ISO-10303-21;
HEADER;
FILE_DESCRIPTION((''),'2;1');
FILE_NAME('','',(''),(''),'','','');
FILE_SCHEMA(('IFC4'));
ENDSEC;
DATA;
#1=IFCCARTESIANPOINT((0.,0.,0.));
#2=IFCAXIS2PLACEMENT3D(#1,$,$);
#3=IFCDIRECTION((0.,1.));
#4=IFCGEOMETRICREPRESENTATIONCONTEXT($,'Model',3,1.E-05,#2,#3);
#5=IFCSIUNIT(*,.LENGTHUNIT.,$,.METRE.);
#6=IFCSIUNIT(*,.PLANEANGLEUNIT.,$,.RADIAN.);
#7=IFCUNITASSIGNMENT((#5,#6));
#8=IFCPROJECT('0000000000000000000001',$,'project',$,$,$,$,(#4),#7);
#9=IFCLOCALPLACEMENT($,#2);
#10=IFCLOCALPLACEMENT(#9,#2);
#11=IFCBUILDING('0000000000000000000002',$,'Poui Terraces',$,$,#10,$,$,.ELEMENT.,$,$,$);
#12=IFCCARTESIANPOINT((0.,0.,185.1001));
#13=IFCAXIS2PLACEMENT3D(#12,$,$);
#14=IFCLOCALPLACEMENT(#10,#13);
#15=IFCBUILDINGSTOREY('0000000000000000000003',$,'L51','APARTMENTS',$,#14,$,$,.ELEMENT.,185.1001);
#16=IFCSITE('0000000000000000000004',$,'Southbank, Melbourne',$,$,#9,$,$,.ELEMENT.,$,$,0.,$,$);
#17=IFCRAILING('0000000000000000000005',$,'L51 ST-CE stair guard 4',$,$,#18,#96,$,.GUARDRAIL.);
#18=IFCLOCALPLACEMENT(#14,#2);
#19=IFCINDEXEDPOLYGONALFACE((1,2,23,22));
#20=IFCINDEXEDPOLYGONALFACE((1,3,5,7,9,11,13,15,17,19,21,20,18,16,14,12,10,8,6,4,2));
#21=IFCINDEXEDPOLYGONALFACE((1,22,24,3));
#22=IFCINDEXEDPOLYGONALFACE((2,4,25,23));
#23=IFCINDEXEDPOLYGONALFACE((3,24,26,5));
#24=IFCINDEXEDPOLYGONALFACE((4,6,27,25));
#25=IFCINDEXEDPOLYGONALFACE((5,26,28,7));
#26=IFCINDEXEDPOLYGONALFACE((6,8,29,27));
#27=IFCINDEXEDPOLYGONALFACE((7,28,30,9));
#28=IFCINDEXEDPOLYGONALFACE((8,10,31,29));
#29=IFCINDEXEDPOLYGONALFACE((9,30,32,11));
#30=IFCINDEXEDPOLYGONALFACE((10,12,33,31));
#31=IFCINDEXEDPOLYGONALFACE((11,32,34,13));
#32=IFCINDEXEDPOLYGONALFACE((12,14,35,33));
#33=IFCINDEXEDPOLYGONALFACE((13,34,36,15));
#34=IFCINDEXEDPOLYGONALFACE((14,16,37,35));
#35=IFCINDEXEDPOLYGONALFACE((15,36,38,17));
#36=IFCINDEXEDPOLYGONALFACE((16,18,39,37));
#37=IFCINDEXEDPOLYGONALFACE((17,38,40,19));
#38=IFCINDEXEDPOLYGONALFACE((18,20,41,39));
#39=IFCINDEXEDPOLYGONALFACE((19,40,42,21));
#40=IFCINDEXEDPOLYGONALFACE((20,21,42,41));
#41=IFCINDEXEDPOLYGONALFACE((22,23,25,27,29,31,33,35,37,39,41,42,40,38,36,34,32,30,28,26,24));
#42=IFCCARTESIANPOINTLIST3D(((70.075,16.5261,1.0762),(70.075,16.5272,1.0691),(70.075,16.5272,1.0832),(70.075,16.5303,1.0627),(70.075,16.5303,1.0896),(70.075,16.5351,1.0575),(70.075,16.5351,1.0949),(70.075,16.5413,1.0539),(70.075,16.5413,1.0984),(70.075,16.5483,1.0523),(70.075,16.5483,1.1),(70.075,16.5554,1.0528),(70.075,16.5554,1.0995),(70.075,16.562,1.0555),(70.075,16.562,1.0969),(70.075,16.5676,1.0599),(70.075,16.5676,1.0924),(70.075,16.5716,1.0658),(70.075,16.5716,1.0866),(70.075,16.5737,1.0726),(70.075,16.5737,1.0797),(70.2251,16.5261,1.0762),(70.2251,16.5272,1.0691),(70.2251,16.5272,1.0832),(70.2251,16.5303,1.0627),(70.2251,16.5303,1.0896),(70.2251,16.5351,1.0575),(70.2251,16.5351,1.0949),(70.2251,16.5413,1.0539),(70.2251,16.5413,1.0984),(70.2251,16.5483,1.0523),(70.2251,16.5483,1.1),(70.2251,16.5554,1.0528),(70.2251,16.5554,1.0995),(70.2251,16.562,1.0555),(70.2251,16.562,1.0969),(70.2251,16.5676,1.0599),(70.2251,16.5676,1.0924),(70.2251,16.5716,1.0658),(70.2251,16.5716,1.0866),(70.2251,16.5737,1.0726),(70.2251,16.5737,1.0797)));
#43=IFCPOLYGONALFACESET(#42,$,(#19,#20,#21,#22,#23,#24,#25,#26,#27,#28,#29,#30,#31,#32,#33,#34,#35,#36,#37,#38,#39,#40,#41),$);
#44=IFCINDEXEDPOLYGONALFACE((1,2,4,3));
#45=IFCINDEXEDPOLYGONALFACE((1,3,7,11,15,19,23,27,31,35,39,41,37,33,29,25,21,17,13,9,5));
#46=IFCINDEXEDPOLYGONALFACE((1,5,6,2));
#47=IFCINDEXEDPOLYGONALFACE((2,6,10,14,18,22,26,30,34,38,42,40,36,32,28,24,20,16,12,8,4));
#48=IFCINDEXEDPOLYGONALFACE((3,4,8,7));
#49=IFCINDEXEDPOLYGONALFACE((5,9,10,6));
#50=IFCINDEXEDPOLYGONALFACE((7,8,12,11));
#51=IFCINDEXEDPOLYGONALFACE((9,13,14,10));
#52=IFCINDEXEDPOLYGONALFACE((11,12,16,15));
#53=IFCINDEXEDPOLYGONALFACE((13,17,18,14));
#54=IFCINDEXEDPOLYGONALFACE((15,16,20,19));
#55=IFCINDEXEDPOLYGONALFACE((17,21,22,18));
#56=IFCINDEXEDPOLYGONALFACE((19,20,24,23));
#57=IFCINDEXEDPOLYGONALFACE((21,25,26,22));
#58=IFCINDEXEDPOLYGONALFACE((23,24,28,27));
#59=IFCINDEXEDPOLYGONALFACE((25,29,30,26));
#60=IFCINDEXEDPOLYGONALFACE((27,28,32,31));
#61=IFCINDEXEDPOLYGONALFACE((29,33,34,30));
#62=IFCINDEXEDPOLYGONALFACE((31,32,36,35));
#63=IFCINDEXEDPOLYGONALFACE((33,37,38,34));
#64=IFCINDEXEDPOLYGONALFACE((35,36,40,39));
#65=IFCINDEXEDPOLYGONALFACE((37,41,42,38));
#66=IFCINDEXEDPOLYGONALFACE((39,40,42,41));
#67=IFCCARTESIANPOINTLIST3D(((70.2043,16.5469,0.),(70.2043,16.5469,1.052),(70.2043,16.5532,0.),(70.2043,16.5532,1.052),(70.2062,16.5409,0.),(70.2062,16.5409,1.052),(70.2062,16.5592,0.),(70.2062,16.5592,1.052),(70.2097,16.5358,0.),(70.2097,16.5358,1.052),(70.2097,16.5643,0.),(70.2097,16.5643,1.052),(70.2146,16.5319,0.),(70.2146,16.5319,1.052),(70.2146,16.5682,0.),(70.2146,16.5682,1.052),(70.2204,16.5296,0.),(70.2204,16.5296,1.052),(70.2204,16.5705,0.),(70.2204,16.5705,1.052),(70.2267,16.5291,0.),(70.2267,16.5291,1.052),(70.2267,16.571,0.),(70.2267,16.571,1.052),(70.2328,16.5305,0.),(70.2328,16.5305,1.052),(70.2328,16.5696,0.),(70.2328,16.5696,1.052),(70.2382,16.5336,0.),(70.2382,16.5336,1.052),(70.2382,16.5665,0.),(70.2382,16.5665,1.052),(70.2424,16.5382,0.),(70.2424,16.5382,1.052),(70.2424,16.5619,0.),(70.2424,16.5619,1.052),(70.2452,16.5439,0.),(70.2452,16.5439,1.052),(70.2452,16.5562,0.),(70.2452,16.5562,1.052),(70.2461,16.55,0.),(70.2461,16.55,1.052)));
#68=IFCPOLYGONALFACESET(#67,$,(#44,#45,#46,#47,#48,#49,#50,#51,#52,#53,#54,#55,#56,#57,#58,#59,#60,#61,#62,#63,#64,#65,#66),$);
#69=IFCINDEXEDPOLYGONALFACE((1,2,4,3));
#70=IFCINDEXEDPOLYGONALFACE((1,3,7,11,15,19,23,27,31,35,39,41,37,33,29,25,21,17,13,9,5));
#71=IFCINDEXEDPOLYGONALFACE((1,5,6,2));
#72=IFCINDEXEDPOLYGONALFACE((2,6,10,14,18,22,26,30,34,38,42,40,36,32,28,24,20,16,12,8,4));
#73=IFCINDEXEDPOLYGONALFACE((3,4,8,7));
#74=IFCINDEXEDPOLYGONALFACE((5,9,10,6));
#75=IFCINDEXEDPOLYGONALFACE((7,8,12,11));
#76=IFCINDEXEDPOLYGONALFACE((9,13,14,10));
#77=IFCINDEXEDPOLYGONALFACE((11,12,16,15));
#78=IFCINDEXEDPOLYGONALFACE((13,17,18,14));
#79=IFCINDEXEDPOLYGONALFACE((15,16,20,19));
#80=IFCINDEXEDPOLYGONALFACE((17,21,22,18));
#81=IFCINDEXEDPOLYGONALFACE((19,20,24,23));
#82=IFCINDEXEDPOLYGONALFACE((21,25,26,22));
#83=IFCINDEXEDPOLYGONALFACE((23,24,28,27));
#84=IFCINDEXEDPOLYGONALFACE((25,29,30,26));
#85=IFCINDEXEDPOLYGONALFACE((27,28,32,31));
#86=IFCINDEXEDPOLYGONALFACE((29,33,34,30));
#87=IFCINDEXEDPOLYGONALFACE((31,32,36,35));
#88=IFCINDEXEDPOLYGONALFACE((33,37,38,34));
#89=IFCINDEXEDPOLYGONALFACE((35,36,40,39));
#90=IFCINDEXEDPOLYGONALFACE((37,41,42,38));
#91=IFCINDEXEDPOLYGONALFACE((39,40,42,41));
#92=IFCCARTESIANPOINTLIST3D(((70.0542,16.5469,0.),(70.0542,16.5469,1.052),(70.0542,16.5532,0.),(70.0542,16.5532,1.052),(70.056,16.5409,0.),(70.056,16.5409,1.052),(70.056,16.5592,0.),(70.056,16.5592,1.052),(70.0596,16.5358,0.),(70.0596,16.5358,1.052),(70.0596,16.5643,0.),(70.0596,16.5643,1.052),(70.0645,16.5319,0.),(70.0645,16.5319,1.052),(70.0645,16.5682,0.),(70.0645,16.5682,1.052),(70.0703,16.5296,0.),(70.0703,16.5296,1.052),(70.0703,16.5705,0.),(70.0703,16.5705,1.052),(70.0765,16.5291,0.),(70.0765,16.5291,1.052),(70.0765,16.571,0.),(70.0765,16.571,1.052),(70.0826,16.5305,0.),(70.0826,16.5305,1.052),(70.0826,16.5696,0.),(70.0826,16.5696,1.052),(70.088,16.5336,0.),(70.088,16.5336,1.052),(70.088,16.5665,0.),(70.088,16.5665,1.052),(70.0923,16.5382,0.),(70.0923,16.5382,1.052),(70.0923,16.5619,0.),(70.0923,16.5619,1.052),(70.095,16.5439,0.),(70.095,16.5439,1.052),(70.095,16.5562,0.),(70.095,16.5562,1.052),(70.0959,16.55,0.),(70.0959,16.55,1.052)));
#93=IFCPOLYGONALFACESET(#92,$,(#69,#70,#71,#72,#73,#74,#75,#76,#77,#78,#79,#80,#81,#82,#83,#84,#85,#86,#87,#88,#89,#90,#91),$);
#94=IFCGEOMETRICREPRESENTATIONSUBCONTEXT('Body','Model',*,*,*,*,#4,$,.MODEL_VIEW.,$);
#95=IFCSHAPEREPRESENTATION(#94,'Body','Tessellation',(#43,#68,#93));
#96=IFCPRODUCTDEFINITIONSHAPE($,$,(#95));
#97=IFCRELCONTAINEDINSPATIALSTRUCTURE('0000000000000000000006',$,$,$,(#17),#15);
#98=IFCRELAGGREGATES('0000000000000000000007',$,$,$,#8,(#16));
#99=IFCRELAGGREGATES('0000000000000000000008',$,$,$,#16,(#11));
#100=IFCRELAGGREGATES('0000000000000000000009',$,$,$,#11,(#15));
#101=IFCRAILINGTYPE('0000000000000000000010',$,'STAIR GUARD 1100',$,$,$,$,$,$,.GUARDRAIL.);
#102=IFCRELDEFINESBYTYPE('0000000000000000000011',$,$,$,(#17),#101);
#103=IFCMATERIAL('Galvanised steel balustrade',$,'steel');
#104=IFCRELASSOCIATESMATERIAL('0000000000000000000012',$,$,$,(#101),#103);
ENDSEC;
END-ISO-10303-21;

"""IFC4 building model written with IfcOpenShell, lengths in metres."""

from ifc_helpers import new_model, si_unit, direction, frame, origin, origin_2d, place, context, subcontext, project, spatial, circle, extrude, material, type_object, element, save


model = new_model("IFC4")

# Units and contexts
model_context = context("Model", 3, precision=1e-05, world=origin(), true_north=direction((0.0, 1.0)))
body_context = subcontext(model_context, "Body", "Model", "MODEL_VIEW")
ifc_project = project(units=[si_unit("LENGTHUNIT", "METRE"), si_unit("PLANEANGLEUNIT", "RADIAN")], contexts=[model_context])

# Site, building, storey
site_placement = place(None, origin())
site = spatial("IfcSite", under=ifc_project, at=site_placement, Name="Southbank, Melbourne", CompositionType="ELEMENT", RefElevation=0.0)
building_placement = place(site_placement, origin())
building = spatial("IfcBuilding", under=site, at=building_placement, Name="Poui Terraces", CompositionType="ELEMENT")
storey_placement = place(building_placement, frame((0.0, 0.0, 185.1001)))
storey = spatial("IfcBuildingStorey", under=building, at=storey_placement, Name="L51", Description="APARTMENTS", CompositionType="ELEMENT", Elevation=185.1001)

# Railing
ifc_material_1 = material(Name="Galvanised steel balustrade", Category="steel")
railing_type_1 = type_object("IfcRailingType", Name="STAIR GUARD 1100", PredefinedType="GUARDRAIL", material=ifc_material_1)
railing_1_placement = place(storey_placement, frame((70.2251, 16.55, 0.0)))
element("IfcRailing", 1, at=railing_1_placement, inside=storey, type_object=railing_type_1, Name="L51 ST-CE stair guard 4", PredefinedType="GUARDRAIL", context=body_context, shape_type="SweptSolid", body=[
    extrude(circle(Radius=0.0239, at=origin_2d()), frame((0.0, 0.0, 1.0762), z_axis=(-1.0, 0.0, 0.0), x_axis=(0.0, -1.0, 0.0)), (0.0, 0.0, 1.0), 0.1501),
    extrude(circle(Radius=0.021, at=origin_2d()), origin(), (0.0, 0.0, 1.0), 1.052),
    extrude(circle(Radius=0.021, at=origin_2d()), frame((-0.1501, 0.0, 0.0)), (0.0, 0.0, 1.0), 1.052),
])

save(model, "model.ifc")
